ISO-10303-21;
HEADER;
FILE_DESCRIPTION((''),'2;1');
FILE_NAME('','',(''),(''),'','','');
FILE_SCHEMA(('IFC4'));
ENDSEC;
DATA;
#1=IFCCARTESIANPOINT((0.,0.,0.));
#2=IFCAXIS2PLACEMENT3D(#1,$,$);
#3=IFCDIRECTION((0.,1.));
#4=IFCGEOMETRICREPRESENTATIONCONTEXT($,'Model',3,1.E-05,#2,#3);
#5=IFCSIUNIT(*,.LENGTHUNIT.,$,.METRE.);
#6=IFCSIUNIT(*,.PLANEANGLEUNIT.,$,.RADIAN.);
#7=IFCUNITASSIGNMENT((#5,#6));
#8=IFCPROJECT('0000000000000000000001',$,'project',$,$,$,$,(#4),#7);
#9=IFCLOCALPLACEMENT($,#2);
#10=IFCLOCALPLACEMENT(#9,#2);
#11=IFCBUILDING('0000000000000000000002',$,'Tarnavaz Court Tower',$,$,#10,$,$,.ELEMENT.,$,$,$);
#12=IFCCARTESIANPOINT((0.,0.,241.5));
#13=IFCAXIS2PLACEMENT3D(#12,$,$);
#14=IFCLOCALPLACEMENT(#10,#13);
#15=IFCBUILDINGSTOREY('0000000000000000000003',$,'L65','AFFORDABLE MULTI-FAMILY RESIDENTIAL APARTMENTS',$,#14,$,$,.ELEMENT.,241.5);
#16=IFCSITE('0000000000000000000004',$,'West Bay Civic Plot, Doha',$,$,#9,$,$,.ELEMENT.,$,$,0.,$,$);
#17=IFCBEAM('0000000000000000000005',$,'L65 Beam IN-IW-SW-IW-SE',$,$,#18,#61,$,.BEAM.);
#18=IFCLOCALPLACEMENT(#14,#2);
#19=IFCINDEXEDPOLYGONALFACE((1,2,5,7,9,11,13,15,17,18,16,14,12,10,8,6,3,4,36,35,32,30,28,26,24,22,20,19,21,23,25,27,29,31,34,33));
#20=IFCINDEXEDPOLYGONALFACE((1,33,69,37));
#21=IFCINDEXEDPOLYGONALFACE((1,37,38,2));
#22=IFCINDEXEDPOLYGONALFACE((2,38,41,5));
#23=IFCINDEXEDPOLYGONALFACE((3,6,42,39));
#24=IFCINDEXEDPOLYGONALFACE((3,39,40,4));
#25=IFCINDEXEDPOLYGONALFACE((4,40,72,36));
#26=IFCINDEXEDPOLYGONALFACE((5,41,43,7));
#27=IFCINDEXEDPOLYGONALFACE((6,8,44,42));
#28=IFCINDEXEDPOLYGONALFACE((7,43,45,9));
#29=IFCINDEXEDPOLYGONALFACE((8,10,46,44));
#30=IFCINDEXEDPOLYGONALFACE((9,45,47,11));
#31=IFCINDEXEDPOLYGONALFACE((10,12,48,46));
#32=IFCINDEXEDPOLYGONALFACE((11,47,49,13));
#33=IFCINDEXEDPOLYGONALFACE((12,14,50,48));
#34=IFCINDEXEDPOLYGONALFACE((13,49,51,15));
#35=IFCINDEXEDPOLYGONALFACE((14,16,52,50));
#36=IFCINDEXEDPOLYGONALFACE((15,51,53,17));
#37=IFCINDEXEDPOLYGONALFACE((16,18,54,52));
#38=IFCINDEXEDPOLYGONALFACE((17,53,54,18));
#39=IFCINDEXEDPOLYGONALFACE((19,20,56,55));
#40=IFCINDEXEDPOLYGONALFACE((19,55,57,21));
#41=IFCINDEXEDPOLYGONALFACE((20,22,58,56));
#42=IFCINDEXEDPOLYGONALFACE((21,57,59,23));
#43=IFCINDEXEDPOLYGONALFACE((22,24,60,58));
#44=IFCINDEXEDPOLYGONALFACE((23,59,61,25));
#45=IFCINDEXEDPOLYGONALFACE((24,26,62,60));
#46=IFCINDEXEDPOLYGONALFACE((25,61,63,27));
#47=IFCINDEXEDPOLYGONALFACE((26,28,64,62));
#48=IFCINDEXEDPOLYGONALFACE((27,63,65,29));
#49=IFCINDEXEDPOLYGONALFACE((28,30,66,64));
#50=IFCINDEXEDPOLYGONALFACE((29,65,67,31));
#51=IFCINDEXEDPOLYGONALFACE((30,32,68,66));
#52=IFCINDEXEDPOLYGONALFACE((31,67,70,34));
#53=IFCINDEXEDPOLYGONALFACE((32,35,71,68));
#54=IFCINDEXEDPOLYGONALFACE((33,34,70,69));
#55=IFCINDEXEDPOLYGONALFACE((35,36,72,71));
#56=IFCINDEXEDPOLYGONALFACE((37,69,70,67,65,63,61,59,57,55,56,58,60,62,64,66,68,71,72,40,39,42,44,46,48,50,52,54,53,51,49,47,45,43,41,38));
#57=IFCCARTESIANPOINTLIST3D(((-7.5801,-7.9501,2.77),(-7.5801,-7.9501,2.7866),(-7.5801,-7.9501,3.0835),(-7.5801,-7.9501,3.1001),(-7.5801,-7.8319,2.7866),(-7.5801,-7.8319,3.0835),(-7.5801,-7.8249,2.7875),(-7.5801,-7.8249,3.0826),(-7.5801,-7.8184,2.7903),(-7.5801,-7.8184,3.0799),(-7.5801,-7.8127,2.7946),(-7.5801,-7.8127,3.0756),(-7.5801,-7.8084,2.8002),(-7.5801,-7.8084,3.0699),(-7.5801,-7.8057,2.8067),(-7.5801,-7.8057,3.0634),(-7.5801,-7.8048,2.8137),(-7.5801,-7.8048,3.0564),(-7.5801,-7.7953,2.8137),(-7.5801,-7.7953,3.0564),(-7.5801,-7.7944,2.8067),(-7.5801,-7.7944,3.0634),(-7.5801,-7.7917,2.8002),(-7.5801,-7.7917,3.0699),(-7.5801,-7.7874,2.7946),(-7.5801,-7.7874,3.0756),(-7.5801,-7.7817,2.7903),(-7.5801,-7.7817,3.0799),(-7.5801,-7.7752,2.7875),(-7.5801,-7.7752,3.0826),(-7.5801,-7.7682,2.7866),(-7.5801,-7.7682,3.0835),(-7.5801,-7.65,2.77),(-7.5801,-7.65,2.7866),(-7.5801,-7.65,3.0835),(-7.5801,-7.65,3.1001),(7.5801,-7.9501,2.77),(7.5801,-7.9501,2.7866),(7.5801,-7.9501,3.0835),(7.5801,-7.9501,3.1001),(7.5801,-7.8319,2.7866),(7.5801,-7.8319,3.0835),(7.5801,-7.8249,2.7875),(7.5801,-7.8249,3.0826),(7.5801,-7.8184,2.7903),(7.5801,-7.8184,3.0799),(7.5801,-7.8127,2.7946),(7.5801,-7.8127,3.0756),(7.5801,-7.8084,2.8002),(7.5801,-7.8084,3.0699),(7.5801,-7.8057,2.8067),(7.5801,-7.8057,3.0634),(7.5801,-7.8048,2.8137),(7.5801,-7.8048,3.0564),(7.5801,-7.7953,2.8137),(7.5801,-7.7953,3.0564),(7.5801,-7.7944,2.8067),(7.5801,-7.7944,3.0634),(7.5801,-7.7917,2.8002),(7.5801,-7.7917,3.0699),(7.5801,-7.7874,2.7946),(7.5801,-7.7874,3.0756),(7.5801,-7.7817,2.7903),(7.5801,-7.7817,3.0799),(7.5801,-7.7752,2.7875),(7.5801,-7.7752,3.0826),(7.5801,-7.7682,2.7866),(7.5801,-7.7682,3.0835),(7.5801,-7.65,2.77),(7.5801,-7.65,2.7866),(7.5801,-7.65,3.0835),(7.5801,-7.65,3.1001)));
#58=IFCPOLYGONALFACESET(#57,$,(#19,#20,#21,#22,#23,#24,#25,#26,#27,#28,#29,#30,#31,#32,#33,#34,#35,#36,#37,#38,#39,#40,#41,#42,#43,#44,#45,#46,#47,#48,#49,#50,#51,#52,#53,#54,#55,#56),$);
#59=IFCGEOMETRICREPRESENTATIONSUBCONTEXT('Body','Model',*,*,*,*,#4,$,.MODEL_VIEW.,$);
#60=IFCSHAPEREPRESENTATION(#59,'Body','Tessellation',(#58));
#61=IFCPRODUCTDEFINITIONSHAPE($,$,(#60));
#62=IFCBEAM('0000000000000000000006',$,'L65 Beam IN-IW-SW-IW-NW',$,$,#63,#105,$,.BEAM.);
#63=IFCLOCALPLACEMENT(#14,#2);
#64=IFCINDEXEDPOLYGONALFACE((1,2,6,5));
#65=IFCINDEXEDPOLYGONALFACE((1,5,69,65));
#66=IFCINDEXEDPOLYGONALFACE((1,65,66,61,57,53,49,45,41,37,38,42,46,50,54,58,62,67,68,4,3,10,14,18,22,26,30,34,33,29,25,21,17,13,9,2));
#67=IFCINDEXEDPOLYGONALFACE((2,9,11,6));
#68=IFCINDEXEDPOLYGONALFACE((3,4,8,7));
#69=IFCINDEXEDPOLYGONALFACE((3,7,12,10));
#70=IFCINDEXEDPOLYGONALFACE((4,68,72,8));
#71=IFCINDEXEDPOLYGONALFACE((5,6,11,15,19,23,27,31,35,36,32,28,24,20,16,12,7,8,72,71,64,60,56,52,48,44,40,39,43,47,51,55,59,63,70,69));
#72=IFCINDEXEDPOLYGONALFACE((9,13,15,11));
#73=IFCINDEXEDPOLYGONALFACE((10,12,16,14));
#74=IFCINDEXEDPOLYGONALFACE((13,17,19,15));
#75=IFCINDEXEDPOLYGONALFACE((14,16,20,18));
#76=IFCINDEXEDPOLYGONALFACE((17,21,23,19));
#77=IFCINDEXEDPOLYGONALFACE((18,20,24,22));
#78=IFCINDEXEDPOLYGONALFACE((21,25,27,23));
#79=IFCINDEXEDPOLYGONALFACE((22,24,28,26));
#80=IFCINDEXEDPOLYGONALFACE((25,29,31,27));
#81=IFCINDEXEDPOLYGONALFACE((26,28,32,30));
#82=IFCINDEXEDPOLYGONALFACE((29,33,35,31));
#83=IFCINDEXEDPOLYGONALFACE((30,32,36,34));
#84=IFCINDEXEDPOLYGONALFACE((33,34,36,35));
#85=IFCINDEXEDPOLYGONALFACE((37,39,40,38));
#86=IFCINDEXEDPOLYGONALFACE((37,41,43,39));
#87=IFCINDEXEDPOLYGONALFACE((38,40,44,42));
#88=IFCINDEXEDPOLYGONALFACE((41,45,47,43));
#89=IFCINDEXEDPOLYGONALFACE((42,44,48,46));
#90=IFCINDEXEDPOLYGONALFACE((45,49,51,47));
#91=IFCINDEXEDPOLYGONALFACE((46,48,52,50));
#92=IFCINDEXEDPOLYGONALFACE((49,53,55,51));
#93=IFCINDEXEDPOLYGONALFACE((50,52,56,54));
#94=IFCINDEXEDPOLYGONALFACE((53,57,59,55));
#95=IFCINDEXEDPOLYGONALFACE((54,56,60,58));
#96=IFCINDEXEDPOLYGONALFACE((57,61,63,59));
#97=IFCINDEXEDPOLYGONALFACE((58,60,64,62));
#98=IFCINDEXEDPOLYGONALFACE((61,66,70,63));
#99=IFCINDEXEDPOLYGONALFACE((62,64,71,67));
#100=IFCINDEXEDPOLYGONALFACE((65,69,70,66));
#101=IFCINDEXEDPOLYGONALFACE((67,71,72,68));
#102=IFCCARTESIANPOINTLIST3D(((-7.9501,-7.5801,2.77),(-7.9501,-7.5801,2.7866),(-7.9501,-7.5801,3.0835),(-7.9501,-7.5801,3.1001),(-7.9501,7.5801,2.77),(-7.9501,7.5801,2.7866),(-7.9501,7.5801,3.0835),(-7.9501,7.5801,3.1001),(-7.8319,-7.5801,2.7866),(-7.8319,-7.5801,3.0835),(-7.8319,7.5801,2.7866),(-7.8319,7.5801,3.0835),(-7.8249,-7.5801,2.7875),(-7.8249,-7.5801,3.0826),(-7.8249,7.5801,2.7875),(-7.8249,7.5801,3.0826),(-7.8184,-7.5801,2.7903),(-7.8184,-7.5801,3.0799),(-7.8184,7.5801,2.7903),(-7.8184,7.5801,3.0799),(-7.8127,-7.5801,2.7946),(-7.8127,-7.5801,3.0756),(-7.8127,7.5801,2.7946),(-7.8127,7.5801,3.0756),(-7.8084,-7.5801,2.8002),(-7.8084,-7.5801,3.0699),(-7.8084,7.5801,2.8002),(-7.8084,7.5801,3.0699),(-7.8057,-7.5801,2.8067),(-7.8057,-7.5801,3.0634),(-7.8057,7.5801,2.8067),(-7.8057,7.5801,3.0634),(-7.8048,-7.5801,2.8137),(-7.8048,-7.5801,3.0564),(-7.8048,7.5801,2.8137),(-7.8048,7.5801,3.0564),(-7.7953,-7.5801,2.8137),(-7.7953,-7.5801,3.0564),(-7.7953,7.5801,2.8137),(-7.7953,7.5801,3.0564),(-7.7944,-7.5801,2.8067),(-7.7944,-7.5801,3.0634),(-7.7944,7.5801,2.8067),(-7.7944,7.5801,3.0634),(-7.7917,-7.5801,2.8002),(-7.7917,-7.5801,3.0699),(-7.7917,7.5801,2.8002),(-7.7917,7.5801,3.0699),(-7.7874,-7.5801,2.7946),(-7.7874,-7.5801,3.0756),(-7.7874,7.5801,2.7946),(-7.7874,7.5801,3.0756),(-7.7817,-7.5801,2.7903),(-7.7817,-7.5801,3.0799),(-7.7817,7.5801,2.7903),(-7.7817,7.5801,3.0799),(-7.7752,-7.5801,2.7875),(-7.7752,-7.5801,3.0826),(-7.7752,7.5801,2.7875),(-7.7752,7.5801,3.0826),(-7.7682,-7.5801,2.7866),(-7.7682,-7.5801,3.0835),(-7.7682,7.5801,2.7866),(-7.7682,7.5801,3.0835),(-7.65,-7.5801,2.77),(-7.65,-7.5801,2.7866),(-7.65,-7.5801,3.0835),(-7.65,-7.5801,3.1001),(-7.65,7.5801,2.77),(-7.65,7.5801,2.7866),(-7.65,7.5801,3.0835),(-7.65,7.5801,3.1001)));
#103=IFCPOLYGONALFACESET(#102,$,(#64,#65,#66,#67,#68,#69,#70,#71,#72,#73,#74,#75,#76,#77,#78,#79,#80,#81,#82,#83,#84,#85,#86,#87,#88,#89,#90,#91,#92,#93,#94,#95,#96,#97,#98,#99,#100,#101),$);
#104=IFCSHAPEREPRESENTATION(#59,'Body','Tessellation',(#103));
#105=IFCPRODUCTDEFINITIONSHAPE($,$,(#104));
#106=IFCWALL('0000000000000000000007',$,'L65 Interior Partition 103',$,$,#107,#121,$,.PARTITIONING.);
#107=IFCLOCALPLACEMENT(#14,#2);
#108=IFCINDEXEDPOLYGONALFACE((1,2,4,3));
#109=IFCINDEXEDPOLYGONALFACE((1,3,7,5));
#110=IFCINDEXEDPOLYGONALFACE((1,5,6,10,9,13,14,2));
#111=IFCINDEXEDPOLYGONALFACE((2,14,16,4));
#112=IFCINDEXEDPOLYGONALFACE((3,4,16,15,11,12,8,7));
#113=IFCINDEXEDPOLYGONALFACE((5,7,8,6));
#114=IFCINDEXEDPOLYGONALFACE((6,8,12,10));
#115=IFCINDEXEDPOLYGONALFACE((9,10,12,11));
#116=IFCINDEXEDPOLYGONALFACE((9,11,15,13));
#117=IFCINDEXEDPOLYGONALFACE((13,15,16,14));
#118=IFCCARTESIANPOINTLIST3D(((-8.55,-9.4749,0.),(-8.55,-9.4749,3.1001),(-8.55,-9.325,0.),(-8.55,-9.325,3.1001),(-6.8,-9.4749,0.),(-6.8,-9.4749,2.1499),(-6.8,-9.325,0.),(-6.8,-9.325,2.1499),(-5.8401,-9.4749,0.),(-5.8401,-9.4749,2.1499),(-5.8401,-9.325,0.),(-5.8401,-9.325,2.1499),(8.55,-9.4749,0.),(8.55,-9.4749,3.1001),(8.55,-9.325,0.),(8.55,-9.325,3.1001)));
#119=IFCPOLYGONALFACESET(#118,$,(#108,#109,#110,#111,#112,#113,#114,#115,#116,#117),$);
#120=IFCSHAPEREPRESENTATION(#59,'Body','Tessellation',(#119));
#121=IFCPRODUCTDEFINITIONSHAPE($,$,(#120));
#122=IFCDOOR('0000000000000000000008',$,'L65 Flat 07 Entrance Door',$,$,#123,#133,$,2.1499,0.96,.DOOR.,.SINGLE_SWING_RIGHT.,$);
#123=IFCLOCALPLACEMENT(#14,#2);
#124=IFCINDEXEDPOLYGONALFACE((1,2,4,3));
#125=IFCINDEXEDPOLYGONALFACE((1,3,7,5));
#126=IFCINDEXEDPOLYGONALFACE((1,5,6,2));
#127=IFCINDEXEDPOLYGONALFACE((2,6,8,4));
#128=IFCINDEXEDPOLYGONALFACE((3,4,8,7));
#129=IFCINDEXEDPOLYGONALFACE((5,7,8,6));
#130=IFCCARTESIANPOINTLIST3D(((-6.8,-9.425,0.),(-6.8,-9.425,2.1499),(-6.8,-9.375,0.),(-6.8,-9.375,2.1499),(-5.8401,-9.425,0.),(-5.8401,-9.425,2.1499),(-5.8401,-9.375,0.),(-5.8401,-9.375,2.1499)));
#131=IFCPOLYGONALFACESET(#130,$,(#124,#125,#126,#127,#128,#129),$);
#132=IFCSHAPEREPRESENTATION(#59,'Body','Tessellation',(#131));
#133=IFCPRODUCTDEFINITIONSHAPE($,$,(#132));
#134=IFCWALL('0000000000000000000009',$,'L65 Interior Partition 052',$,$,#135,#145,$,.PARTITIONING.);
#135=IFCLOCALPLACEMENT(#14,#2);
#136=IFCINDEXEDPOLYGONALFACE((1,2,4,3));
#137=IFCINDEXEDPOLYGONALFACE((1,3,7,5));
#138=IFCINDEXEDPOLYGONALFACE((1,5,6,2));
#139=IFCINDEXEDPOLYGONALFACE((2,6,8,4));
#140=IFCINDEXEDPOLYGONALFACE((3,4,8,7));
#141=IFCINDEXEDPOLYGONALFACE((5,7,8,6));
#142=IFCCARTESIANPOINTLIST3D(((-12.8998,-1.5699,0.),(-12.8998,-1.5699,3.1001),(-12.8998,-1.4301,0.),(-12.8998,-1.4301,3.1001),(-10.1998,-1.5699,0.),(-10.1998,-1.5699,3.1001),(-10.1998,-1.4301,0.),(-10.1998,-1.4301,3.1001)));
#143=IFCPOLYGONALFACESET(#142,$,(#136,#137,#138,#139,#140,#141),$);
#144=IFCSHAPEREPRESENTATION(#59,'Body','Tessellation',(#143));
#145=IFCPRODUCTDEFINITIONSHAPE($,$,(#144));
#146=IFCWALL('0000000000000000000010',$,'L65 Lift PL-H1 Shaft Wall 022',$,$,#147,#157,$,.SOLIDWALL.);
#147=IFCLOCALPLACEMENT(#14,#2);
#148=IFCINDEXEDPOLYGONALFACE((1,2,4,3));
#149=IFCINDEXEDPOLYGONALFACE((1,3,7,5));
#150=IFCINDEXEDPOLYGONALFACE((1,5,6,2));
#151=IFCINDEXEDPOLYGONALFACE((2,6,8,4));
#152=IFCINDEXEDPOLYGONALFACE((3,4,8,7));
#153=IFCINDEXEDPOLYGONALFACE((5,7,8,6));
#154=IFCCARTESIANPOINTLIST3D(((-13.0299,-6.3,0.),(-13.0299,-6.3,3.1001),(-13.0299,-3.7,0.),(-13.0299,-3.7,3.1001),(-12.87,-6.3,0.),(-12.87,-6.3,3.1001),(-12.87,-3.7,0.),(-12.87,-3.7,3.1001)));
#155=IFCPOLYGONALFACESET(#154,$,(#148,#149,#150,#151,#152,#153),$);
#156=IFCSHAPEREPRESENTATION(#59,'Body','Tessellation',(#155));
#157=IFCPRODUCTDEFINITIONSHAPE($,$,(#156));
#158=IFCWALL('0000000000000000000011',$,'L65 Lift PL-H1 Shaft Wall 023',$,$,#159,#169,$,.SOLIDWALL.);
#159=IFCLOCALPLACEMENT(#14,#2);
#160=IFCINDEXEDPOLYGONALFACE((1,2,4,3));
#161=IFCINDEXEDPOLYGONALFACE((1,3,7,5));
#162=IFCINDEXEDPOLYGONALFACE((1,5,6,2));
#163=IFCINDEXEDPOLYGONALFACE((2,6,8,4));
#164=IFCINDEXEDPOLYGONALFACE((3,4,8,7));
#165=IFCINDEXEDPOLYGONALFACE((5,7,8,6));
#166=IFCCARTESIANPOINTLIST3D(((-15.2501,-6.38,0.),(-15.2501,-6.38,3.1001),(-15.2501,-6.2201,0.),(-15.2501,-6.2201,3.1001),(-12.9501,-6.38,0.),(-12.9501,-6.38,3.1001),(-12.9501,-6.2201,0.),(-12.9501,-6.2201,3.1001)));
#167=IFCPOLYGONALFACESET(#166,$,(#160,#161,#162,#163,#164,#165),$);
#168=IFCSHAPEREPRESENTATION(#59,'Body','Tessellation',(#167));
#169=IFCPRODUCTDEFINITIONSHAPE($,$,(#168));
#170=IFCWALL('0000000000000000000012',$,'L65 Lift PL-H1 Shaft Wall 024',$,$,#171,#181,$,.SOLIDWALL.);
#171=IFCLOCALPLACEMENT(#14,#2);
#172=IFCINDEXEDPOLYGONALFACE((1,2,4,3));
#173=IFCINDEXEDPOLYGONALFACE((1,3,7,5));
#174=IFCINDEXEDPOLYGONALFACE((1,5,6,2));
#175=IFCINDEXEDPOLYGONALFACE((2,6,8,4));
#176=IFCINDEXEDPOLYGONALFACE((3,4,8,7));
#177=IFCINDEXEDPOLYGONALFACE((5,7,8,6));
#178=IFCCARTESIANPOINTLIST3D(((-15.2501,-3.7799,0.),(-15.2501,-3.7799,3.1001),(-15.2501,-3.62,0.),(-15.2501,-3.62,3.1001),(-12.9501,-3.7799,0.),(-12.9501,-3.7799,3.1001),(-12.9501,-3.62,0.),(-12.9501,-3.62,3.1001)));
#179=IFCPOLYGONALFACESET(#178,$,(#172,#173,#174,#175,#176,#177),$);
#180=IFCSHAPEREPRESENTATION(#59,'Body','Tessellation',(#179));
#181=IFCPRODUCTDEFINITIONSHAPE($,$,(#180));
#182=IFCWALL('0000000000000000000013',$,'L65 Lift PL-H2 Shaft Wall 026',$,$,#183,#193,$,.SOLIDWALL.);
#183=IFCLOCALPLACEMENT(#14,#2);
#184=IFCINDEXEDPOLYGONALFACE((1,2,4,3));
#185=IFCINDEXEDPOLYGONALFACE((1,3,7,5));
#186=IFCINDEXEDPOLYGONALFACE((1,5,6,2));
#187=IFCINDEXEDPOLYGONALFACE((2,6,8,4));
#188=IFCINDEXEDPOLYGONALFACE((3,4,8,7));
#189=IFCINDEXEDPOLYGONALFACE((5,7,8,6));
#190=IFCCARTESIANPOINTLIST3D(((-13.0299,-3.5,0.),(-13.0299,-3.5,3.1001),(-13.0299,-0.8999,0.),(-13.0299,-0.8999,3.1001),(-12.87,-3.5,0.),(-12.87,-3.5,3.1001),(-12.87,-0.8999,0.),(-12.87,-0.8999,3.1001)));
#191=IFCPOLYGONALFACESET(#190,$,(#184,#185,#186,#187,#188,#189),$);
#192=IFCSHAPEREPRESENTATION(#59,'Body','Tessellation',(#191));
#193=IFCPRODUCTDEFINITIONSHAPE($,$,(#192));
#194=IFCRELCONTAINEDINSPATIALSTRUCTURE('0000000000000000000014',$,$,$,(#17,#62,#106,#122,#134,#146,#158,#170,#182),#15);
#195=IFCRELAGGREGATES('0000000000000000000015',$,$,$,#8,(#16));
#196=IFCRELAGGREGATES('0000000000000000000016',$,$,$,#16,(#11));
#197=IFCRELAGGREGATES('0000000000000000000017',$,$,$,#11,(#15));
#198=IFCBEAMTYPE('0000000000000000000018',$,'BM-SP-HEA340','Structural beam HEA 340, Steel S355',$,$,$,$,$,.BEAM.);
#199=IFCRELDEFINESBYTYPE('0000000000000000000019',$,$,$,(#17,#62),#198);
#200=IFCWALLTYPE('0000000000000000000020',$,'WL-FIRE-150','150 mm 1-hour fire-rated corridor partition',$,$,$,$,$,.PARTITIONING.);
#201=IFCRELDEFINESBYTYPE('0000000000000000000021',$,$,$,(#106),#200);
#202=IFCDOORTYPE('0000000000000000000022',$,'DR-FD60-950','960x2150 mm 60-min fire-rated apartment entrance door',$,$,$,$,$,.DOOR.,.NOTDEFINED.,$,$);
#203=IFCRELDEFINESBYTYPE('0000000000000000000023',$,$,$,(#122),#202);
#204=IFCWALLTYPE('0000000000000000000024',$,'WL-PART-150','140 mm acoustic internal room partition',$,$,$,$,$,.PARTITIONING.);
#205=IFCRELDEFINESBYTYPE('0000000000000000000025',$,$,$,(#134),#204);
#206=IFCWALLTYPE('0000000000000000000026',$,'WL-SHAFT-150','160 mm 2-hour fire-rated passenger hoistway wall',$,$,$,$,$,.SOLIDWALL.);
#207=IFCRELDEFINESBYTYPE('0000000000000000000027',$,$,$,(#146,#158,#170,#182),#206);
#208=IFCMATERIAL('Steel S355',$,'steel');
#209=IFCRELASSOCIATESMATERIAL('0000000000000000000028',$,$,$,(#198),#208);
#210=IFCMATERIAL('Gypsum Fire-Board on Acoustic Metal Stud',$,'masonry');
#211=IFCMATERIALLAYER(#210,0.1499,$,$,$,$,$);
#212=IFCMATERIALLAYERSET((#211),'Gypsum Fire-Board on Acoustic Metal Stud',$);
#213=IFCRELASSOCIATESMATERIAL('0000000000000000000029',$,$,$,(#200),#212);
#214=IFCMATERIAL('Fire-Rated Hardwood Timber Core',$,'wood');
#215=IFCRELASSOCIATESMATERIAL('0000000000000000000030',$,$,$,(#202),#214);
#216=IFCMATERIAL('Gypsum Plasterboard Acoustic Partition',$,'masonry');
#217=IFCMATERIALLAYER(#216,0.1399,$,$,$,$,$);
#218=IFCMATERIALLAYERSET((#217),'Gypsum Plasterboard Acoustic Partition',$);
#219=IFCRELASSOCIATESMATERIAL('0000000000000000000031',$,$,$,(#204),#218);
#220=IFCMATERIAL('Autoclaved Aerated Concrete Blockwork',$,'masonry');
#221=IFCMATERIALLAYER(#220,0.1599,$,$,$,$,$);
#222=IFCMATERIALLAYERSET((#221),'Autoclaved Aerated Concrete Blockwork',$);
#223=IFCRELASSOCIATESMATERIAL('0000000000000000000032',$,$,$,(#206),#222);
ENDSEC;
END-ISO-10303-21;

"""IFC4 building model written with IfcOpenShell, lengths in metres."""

from ifc_helpers import new_model, si_unit, direction, frame, frame_2d, origin, origin_2d, place, context, subcontext, project, spatial, rectangle, i_section, extrude, material, layer, layer_set, material_profile, profile_set, type_object, element, fill, save


model = new_model("IFC4")

# Units and contexts
model_context = context("Model", 3, precision=1e-05, world=origin(), true_north=direction((0.0, 1.0)))
body_context = subcontext(model_context, "Body", "Model", "MODEL_VIEW")
ifc_project = project(units=[si_unit("LENGTHUNIT", "METRE"), si_unit("PLANEANGLEUNIT", "RADIAN")], contexts=[model_context])

# Site, building, storey
site_placement = place(None, origin())
site = spatial("IfcSite", under=ifc_project, at=site_placement, Name="West Bay Civic Plot, Doha", CompositionType="ELEMENT", RefElevation=0.0)
building_placement = place(site_placement, origin())
building = spatial("IfcBuilding", under=site, at=building_placement, Name="Tarnavaz Court Tower", CompositionType="ELEMENT")
storey_placement = place(building_placement, frame((0.0, 0.0, 241.5)))
storey = spatial("IfcBuildingStorey", under=building, at=storey_placement, Name="L65", Description="AFFORDABLE MULTI-FAMILY RESIDENTIAL APARTMENTS", CompositionType="ELEMENT", Elevation=241.5)

# Beams
ifc_material_1 = material(Name="Steel S355", Category="steel")
ifc_material_profile_1 = material_profile(ifc_material_1, i_section(OverallWidth=0.3, OverallDepth=0.3301, WebThickness=0.0095, FlangeThickness=0.0166, FilletRadius=0.0271, at=origin_2d()), Name="HEA 340")
ifc_profile_set_1 = profile_set([ifc_material_profile_1], Name="Steel S355")
beam_type_1 = type_object("IfcBeamType", Name="BM-SP-HEA340", Description="Structural beam HEA 340, Steel S355", PredefinedType="BEAM", material=ifc_profile_set_1)
for number, where, z_axis, x_axis, name in (
    (1, (-7.5801, -7.8, 2.9351), (1.0, 0.0, 0.0), (0.0, 1.0, 0.0), "L65 Beam IN-IW-SW-IW-SE"),
    (2, (-7.8, -7.5801, 2.9351), (0.0, 1.0, 0.0), (-1.0, 0.0, 0.0), "L65 Beam IN-IW-SW-IW-NW"),
):
    element("IfcBeam", number, at=place(storey_placement, frame(where, z_axis=z_axis, x_axis=x_axis)), inside=storey, type_object=beam_type_1, Name=name, PredefinedType="BEAM", context=body_context, shape_type="SweptSolid", body=[
        extrude(i_section(OverallWidth=0.3, OverallDepth=0.3301, WebThickness=0.0095, FlangeThickness=0.0166, FilletRadius=0.0271, at=origin_2d()), origin(), (0.0, 0.0, 1.0), 15.1602),
    ])

# Wall, opening, door
ifc_material_2 = material(Name="Gypsum Fire-Board on Acoustic Metal Stud", Category="masonry")
ifc_layer_1 = layer(ifc_material_2, 0.1499)
ifc_layer_set_1 = layer_set([ifc_layer_1], Name="Gypsum Fire-Board on Acoustic Metal Stud")
wall_type_1 = type_object("IfcWallType", Name="WL-FIRE-150", Description="150 mm 1-hour fire-rated corridor partition", PredefinedType="PARTITIONING", material=ifc_layer_set_1)
wall_1_placement = place(storey_placement, frame((-8.55, -9.3999, 0.0), z_axis=(0.0, 0.0, 1.0), x_axis=(1.0, 0.0, 0.0)))
wall_1 = element("IfcWall", 3, at=wall_1_placement, inside=storey, type_object=wall_type_1, Name="L65 Interior Partition 103", PredefinedType="PARTITIONING", context=body_context, shape_type="SweptSolid", body=[
    extrude(rectangle(XDim=17.1001, YDim=0.1499, at=frame_2d((8.55, 0.0))), origin(), (0.0, 0.0, 1.0), 3.1001),
])
opening_1_placement = place(wall_1_placement, frame((1.75, 0.0, 0.0)))
opening_1 = element("IfcOpeningElement", 4, at=opening_1_placement, cuts=wall_1, PredefinedType="OPENING", context=body_context, shape_type="SweptSolid", body=[
    extrude(rectangle(XDim=0.96, YDim=2.1499, at=frame_2d((0.48, 1.075))), frame((0.0, 0.085, 0.0), z_axis=(0.0, -1.0, 0.0), x_axis=(1.0, 0.0, 0.0)), (0.0, 0.0, 1.0), 0.1699),
])
ifc_material_3 = material(Name="Fire-Rated Hardwood Timber Core", Category="wood")
door_type_1 = type_object("IfcDoorType", Name="DR-FD60-950", Description="960x2150 mm 60-min fire-rated apartment entrance door", OperationType="NOTDEFINED", PredefinedType="DOOR", material=ifc_material_3)
door_1_placement = place(opening_1_placement, origin())
door_1 = element("IfcDoor", 5, at=door_1_placement, inside=storey, type_object=door_type_1, Name="L65 Flat 07 Entrance Door", OperationType="SINGLE_SWING_RIGHT", OverallHeight=2.1499, OverallWidth=0.96, PredefinedType="DOOR", context=body_context, shape_type="SweptSolid", body=[
    extrude(rectangle(XDim=0.96, YDim=2.1499, at=frame_2d((0.48, 1.075))), frame((0.0, 0.0249, 0.0), z_axis=(0.0, -1.0, 0.0), x_axis=(1.0, 0.0, 0.0)), (0.0, 0.0, 1.0), 0.05),
])
fill(opening_1, door_1)

# Shared definitions
ifc_material_4 = material(Name="Gypsum Plasterboard Acoustic Partition", Category="masonry")
ifc_layer_2 = layer(ifc_material_4, 0.1399)
ifc_layer_set_2 = layer_set([ifc_layer_2], Name="Gypsum Plasterboard Acoustic Partition")
wall_type_2 = type_object("IfcWallType", Name="WL-PART-150", Description="140 mm acoustic internal room partition", PredefinedType="PARTITIONING", material=ifc_layer_set_2)

# Walls
wall_2_placement = place(storey_placement, frame((-12.8999, -1.5, 0.0), z_axis=(0.0, 0.0, 1.0), x_axis=(1.0, 0.0, 0.0)))
element("IfcWall", 6, at=wall_2_placement, inside=storey, type_object=wall_type_2, Name="L65 Interior Partition 052", PredefinedType="PARTITIONING", context=body_context, shape_type="SweptSolid", body=[
    extrude(rectangle(XDim=2.7, YDim=0.1399, at=frame_2d((1.3501, 0.0))), origin(), (0.0, 0.0, 1.0), 3.1001),
])
ifc_material_5 = material(Name="Autoclaved Aerated Concrete Blockwork", Category="masonry")
ifc_layer_3 = layer(ifc_material_5, 0.1599)
ifc_layer_set_3 = layer_set([ifc_layer_3], Name="Autoclaved Aerated Concrete Blockwork")
wall_type_3 = type_object("IfcWallType", Name="WL-SHAFT-150", Description="160 mm 2-hour fire-rated passenger hoistway wall", PredefinedType="SOLIDWALL", material=ifc_layer_set_3)
wall_3_placement = place(storey_placement, frame((-12.95, -6.3, 0.0), z_axis=(0.0, 0.0, 1.0), x_axis=(0.0, 1.0, 0.0)))
element("IfcWall", 7, at=wall_3_placement, inside=storey, type_object=wall_type_3, Name="L65 Lift PL-H1 Shaft Wall 022", PredefinedType="SOLIDWALL", context=body_context, shape_type="SweptSolid", body=[
    extrude(rectangle(XDim=2.6001, YDim=0.1599, at=frame_2d((1.3, 0.0))), origin(), (0.0, 0.0, 1.0), 3.1001),
])
for number, where, z_axis, x_axis, name in (
    (8, (-15.25, -6.3, 0.0), (0.0, 0.0, 1.0), (1.0, 0.0, 0.0), "L65 Lift PL-H1 Shaft Wall 023"),
    (9, (-15.25, -3.7, 0.0), (0.0, 0.0, 1.0), (1.0, 0.0, 0.0), "L65 Lift PL-H1 Shaft Wall 024"),
):
    element("IfcWall", number, at=place(storey_placement, frame(where, z_axis=z_axis, x_axis=x_axis)), inside=storey, type_object=wall_type_3, Name=name, PredefinedType="SOLIDWALL", context=body_context, shape_type="SweptSolid", body=[
        extrude(rectangle(XDim=2.3, YDim=0.1599, at=frame_2d((1.1499, 0.0))), origin(), (0.0, 0.0, 1.0), 3.1001),
    ])

# Wall
wall_4_placement = place(storey_placement, frame((-12.95, -3.5, 0.0), z_axis=(0.0, 0.0, 1.0), x_axis=(0.0, 1.0, 0.0)))
element("IfcWall", 10, at=wall_4_placement, inside=storey, type_object=wall_type_3, Name="L65 Lift PL-H2 Shaft Wall 026", PredefinedType="SOLIDWALL", context=body_context, shape_type="SweptSolid", body=[
    extrude(rectangle(XDim=2.6001, YDim=0.1599, at=frame_2d((1.3, 0.0))), origin(), (0.0, 0.0, 1.0), 3.1001),
])

save(model, "model.ifc")
